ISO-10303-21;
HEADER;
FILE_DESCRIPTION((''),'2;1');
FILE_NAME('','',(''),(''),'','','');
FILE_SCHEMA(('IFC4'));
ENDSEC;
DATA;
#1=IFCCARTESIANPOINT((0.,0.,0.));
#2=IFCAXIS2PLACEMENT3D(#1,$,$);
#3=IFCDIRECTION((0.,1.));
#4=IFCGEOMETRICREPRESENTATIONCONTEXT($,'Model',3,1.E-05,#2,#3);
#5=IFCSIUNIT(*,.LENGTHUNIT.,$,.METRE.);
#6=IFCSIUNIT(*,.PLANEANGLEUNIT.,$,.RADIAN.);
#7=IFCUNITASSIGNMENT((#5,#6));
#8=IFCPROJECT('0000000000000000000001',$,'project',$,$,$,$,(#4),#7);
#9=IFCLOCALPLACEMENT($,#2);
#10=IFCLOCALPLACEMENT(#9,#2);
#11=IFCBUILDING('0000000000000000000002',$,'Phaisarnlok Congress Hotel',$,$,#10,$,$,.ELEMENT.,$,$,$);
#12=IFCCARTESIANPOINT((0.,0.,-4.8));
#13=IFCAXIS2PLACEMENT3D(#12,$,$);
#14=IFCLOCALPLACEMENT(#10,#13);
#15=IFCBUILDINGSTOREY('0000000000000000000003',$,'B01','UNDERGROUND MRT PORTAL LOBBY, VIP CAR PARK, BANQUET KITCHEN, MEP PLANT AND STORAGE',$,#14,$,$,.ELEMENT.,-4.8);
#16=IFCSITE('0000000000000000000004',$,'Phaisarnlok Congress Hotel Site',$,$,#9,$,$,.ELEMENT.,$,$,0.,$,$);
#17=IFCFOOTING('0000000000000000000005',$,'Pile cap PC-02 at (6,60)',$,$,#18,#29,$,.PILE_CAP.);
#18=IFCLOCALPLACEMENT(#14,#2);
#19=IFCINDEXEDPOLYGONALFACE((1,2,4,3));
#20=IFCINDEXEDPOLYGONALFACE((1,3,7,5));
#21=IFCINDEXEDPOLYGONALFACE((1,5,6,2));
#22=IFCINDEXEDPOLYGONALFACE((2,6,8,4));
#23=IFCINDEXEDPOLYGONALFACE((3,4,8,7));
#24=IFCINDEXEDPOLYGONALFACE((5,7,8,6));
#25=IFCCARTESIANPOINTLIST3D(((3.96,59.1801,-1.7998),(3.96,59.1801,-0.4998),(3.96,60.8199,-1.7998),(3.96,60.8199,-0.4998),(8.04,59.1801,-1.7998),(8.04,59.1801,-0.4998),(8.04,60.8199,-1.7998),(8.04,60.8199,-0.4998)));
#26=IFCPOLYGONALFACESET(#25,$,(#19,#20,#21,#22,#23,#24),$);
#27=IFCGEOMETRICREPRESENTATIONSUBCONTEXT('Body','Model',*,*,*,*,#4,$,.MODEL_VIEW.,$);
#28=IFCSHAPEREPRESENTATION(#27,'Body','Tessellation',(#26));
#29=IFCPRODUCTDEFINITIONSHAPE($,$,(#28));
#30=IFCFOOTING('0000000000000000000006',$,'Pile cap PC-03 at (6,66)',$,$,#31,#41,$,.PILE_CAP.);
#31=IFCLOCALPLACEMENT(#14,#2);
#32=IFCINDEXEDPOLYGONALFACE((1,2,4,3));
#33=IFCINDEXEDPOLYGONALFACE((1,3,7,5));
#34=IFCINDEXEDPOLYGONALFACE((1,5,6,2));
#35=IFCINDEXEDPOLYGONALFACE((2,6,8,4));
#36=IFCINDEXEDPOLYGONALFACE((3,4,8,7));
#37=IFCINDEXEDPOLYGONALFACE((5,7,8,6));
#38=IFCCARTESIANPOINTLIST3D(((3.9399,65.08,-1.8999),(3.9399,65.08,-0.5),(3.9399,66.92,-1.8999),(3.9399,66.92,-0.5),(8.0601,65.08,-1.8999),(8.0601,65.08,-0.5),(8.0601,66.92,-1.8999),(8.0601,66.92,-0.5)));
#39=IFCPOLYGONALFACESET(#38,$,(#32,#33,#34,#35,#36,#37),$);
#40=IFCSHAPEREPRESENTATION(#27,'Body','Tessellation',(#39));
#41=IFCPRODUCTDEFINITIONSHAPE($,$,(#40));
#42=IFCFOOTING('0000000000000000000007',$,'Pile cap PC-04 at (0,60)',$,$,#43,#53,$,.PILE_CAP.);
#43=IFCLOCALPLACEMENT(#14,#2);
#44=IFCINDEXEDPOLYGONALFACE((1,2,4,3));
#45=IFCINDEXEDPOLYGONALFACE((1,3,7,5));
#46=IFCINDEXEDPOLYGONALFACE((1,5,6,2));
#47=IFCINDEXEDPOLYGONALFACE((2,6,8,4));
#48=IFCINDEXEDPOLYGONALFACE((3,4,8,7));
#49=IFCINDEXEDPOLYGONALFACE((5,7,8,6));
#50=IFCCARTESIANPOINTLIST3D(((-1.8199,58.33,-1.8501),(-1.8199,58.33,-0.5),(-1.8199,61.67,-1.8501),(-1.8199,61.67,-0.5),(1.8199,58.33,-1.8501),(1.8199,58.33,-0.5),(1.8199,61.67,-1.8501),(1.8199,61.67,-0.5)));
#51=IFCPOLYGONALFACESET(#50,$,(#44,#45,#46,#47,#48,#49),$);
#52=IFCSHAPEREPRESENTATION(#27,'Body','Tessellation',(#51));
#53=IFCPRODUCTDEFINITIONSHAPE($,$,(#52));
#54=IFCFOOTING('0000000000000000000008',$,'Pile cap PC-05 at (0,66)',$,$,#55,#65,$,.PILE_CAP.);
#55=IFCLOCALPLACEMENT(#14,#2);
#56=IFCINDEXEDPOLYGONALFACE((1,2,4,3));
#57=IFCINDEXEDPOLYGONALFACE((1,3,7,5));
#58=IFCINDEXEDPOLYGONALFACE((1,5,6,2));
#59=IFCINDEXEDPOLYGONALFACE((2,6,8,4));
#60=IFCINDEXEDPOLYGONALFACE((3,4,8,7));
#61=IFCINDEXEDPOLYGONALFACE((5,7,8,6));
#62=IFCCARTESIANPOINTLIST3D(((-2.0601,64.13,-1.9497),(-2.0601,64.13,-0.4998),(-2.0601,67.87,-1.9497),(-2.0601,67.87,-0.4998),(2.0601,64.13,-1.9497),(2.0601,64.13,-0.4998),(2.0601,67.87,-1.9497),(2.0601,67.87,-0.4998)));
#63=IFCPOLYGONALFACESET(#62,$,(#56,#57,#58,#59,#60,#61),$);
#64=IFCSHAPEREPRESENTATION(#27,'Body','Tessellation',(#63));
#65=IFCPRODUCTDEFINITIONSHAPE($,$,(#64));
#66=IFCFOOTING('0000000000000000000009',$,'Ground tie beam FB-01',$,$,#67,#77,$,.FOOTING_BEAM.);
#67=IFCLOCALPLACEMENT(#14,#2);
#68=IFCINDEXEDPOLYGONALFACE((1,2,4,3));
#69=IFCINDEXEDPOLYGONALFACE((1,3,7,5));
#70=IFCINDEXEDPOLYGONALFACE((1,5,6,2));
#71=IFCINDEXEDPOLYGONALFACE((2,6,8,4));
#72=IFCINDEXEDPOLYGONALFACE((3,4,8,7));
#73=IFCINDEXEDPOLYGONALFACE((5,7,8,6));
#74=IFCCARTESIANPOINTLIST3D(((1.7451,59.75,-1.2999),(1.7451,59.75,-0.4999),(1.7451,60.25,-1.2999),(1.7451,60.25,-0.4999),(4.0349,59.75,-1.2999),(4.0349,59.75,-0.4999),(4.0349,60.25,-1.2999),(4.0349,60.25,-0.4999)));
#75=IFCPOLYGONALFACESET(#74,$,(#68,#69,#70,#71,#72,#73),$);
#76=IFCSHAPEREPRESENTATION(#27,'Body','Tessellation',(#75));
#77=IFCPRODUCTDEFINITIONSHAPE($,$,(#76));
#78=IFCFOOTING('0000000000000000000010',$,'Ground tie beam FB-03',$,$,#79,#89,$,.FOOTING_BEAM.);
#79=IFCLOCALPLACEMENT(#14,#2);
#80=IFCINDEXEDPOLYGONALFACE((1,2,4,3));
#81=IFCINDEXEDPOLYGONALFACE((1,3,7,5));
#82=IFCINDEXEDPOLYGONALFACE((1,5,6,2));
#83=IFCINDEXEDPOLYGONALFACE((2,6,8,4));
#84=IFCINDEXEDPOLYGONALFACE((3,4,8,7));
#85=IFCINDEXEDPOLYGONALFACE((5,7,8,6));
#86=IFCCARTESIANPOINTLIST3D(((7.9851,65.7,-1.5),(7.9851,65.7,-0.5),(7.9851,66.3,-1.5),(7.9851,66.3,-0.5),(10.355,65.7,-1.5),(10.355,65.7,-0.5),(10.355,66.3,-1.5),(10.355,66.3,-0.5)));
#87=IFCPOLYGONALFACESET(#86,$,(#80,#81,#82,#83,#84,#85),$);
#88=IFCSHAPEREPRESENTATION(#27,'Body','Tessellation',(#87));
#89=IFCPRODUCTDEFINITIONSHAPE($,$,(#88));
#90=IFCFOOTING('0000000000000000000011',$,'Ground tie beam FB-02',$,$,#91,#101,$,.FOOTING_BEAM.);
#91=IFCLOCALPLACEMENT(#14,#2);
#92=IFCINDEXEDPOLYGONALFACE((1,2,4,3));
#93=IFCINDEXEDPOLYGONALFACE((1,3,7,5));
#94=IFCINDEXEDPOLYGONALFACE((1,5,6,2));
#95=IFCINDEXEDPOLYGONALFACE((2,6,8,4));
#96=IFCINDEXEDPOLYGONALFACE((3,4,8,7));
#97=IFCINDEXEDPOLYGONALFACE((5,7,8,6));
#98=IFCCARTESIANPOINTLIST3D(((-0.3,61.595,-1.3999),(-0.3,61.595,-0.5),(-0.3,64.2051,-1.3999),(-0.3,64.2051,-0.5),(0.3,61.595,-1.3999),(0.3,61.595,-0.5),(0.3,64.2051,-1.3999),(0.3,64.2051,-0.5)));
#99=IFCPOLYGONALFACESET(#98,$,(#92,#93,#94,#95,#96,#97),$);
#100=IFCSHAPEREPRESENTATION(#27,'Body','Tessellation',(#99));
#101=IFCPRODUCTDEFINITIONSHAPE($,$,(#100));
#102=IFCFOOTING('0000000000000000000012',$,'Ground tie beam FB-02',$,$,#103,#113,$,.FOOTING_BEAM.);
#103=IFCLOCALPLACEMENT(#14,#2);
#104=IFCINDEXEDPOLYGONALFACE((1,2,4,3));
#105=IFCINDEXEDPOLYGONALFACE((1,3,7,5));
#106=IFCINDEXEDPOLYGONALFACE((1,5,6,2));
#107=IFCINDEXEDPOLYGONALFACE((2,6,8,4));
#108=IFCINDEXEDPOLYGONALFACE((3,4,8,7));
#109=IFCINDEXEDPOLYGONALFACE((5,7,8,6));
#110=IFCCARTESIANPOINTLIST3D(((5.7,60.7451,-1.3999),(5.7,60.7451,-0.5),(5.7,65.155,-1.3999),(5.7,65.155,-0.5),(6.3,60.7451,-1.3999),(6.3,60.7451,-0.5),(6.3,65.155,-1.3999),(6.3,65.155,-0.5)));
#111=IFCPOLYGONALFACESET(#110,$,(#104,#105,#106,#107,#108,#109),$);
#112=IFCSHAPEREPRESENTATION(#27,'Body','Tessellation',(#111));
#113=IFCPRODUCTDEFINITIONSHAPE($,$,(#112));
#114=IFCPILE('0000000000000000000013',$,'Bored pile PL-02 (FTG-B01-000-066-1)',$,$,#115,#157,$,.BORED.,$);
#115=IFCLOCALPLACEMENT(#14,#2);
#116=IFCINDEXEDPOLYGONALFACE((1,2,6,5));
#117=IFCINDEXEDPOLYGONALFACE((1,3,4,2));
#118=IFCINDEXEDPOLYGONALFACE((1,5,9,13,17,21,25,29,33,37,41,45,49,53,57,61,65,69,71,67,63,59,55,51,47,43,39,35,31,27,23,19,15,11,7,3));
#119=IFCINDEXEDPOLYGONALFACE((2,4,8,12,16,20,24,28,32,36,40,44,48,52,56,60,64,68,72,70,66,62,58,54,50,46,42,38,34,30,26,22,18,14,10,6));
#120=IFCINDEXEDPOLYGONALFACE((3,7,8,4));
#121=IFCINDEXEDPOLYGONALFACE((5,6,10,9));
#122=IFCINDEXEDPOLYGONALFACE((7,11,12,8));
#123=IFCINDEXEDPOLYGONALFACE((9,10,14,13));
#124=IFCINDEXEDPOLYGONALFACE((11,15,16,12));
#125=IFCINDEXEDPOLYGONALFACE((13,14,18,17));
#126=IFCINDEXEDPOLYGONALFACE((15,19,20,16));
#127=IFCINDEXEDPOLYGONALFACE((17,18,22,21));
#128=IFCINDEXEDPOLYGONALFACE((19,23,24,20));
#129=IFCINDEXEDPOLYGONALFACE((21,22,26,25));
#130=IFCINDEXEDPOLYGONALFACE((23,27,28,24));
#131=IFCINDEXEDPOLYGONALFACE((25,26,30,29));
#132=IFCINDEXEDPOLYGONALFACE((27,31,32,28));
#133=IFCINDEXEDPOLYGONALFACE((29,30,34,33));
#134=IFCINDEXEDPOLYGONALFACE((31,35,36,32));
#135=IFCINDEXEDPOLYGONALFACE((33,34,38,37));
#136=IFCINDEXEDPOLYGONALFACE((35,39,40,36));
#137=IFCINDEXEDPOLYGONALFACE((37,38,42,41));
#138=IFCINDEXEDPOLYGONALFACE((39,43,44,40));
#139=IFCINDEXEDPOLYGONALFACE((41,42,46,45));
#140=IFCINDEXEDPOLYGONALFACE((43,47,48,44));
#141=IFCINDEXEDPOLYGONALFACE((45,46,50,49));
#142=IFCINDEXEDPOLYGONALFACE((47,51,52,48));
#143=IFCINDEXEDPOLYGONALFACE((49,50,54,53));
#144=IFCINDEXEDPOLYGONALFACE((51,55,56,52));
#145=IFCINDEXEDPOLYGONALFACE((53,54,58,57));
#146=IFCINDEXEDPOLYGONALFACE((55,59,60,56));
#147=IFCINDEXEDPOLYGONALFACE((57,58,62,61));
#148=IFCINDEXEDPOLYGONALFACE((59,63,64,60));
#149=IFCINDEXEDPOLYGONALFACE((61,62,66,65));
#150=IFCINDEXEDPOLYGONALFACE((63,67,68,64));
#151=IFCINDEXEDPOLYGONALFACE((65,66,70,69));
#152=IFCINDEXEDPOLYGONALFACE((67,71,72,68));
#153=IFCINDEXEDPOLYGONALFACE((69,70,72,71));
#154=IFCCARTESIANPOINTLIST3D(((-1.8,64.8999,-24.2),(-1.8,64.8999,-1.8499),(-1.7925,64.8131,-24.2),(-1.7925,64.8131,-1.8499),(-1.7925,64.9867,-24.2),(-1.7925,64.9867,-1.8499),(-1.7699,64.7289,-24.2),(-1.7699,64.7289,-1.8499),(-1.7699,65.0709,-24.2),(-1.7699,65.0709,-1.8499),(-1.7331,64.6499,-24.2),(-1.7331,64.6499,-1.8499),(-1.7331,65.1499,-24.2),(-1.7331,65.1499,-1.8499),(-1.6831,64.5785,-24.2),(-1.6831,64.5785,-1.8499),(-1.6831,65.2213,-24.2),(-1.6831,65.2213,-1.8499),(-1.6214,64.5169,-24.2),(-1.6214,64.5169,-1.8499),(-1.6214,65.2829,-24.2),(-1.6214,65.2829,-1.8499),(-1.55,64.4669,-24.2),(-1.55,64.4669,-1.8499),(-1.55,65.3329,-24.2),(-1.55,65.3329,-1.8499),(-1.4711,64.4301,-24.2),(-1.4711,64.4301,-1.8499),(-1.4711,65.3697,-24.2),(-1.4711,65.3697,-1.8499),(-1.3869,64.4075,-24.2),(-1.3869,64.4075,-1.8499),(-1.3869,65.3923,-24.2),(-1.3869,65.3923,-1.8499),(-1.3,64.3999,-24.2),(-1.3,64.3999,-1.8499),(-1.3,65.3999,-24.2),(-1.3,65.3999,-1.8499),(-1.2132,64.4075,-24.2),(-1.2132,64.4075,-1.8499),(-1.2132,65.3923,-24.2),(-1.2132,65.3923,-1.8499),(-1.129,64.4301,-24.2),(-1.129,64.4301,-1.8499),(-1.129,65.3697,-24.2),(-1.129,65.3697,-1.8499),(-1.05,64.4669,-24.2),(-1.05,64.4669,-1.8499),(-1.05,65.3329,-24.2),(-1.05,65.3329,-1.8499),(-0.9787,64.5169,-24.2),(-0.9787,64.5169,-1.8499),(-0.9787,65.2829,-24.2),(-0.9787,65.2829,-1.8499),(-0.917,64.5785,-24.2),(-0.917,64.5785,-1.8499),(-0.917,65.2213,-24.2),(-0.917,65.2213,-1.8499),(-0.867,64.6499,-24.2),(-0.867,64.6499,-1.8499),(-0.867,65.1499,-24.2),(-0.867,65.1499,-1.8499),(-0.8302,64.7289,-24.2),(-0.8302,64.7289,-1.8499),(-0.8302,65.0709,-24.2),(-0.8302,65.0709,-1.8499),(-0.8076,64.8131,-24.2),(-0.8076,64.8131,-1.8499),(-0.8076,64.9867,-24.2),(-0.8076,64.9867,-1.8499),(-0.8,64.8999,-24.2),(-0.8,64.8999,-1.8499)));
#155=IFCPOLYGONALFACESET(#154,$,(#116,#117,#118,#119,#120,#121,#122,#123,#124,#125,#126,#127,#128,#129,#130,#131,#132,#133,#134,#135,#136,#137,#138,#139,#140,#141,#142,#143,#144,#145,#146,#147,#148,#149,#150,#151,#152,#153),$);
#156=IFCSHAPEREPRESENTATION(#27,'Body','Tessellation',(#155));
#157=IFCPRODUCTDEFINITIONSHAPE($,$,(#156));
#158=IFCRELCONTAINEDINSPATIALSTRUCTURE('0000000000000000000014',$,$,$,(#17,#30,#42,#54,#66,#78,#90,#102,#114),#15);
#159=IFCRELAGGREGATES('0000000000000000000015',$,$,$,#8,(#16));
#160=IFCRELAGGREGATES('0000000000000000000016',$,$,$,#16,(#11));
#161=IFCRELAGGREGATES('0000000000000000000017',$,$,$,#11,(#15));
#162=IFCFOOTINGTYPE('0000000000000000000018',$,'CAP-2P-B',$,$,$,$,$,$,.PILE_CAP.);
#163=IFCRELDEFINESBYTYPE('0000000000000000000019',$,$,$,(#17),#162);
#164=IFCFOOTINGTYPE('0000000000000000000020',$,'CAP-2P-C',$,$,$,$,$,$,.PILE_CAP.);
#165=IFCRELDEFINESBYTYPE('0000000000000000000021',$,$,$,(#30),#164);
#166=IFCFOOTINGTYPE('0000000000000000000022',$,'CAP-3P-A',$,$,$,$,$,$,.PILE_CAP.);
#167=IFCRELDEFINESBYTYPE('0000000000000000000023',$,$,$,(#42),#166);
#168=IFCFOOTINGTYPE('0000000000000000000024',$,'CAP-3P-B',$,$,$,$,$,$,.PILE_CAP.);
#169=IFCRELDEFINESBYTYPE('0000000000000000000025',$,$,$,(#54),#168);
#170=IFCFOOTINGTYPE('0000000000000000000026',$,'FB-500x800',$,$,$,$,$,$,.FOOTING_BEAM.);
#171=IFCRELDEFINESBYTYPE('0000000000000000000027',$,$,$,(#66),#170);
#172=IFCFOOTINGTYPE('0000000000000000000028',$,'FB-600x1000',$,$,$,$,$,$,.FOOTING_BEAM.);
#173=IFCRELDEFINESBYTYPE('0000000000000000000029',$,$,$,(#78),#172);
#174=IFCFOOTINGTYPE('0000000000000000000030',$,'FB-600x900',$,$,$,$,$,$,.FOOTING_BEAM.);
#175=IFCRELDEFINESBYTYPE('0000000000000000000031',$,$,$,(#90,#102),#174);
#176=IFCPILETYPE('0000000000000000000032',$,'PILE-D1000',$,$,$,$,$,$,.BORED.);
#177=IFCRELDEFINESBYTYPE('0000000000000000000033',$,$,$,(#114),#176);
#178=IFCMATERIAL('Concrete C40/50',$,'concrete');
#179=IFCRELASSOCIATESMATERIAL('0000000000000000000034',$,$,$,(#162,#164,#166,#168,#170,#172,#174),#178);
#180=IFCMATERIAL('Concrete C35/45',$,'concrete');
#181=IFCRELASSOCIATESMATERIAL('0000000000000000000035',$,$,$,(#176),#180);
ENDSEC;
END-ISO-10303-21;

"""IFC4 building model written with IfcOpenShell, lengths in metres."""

from ifc_helpers import new_model, si_unit, direction, frame, origin, origin_2d, place, context, subcontext, project, spatial, rectangle, circle, extrude, material, material_profile, profile_set, type_object, element, save


model = new_model("IFC4")

# Units and contexts
model_context = context("Model", 3, precision=1e-05, world=origin(), true_north=direction((0.0, 1.0)))
body_context = subcontext(model_context, "Body", "Model", "MODEL_VIEW")
ifc_project = project(units=[si_unit("LENGTHUNIT", "METRE"), si_unit("PLANEANGLEUNIT", "RADIAN")], contexts=[model_context])

# Site, building, storey
site_placement = place(None, origin())
site = spatial("IfcSite", under=ifc_project, at=site_placement, Name="Phaisarnlok Congress Hotel Site", CompositionType="ELEMENT", RefElevation=0.0)
building_placement = place(site_placement, origin())
building = spatial("IfcBuilding", under=site, at=building_placement, Name="Phaisarnlok Congress Hotel", CompositionType="ELEMENT")
storey_placement = place(building_placement, frame((0.0, 0.0, -4.8)))
storey = spatial("IfcBuildingStorey", under=building, at=storey_placement, Name="B01", Description="UNDERGROUND MRT PORTAL LOBBY, VIP CAR PARK, BANQUET KITCHEN, MEP PLANT AND STORAGE", CompositionType="ELEMENT", Elevation=-4.8)

# Footings
ifc_material_1 = material(Name="Concrete C40/50", Category="concrete")
footing_type_1 = type_object("IfcFootingType", Name="CAP-2P-B", PredefinedType="PILE_CAP", material=ifc_material_1)
footing_1_placement = place(storey_placement, frame((6.0, 60.0, -1.7998), z_axis=(0.0, 0.0, 1.0), x_axis=(1.0, 0.0, 0.0)))
element("IfcFooting", 1, at=footing_1_placement, inside=storey, type_object=footing_type_1, Name="Pile cap PC-02 at (6,60)", PredefinedType="PILE_CAP", context=body_context, shape_type="SweptSolid", body=[
    extrude(rectangle(XDim=4.0801, YDim=1.6399, at=origin_2d()), origin(), (0.0, 0.0, 1.0), 1.3),
])
footing_type_2 = type_object("IfcFootingType", Name="CAP-2P-C", PredefinedType="PILE_CAP", material=ifc_material_1)
footing_2_placement = place(storey_placement, frame((6.0, 66.0, -1.8999), z_axis=(0.0, 0.0, 1.0), x_axis=(1.0, 0.0, 0.0)))
element("IfcFooting", 2, at=footing_2_placement, inside=storey, type_object=footing_type_2, Name="Pile cap PC-03 at (6,66)", PredefinedType="PILE_CAP", context=body_context, shape_type="SweptSolid", body=[
    extrude(rectangle(XDim=4.1201, YDim=1.8401, at=origin_2d()), origin(), (0.0, 0.0, 1.0), 1.3999),
])
footing_type_3 = type_object("IfcFootingType", Name="CAP-3P-A", PredefinedType="PILE_CAP", material=ifc_material_1)
footing_3_placement = place(storey_placement, frame((0.0, 60.0, -1.8501), z_axis=(0.0, 0.0, 1.0), x_axis=(1.0, 0.0, 0.0)))
element("IfcFooting", 3, at=footing_3_placement, inside=storey, type_object=footing_type_3, Name="Pile cap PC-04 at (0,60)", PredefinedType="PILE_CAP", context=body_context, shape_type="SweptSolid", body=[
    extrude(rectangle(XDim=3.6399, YDim=3.3401, at=origin_2d()), origin(), (0.0, 0.0, 1.0), 1.3501),
])
footing_type_4 = type_object("IfcFootingType", Name="CAP-3P-B", PredefinedType="PILE_CAP", material=ifc_material_1)
footing_4_placement = place(storey_placement, frame((0.0, 66.0, -1.9497), z_axis=(0.0, 0.0, 1.0), x_axis=(1.0, 0.0, 0.0)))
element("IfcFooting", 4, at=footing_4_placement, inside=storey, type_object=footing_type_4, Name="Pile cap PC-05 at (0,66)", PredefinedType="PILE_CAP", context=body_context, shape_type="SweptSolid", body=[
    extrude(rectangle(XDim=4.1201, YDim=3.74, at=origin_2d()), origin(), (0.0, 0.0, 1.0), 1.45),
])
ifc_material_profile_1 = material_profile(ifc_material_1, rectangle(XDim=0.5, YDim=0.8, at=origin_2d()), Name="FB-500x800")
ifc_profile_set_1 = profile_set([ifc_material_profile_1], Name="Concrete C40/50")
footing_type_5 = type_object("IfcFootingType", Name="FB-500x800", PredefinedType="FOOTING_BEAM", material=ifc_profile_set_1)
footing_5_placement = place(storey_placement, frame((1.7451, 60.0, -0.8999), z_axis=(1.0, 0.0, 0.0), x_axis=(0.0, 1.0, 0.0)))
element("IfcFooting", 5, at=footing_5_placement, inside=storey, type_object=footing_type_5, Name="Ground tie beam FB-01", PredefinedType="FOOTING_BEAM", context=body_context, shape_type="SweptSolid", body=[
    extrude(rectangle(XDim=0.5, YDim=0.8, at=origin_2d()), origin(), (0.0, 0.0, 1.0), 2.2898),
])
ifc_material_profile_2 = material_profile(ifc_material_1, rectangle(XDim=0.6001, YDim=1.0, at=origin_2d()), Name="FB-600x1000")
ifc_profile_set_2 = profile_set([ifc_material_profile_2], Name="Concrete C40/50")
footing_type_6 = type_object("IfcFootingType", Name="FB-600x1000", PredefinedType="FOOTING_BEAM", material=ifc_profile_set_2)
footing_6_placement = place(storey_placement, frame((7.9851, 66.0, -1.0), z_axis=(1.0, 0.0, 0.0), x_axis=(0.0, 1.0, 0.0)))
element("IfcFooting", 6, at=footing_6_placement, inside=storey, type_object=footing_type_6, Name="Ground tie beam FB-03", PredefinedType="FOOTING_BEAM", context=body_context, shape_type="SweptSolid", body=[
    extrude(rectangle(XDim=0.6001, YDim=1.0, at=origin_2d()), origin(), (0.0, 0.0, 1.0), 2.3699),
])
ifc_material_profile_3 = material_profile(ifc_material_1, rectangle(XDim=0.6001, YDim=0.8999, at=origin_2d()), Name="FB-600x900")
ifc_profile_set_3 = profile_set([ifc_material_profile_3], Name="Concrete C40/50")
footing_type_7 = type_object("IfcFootingType", Name="FB-600x900", PredefinedType="FOOTING_BEAM", material=ifc_profile_set_3)
footing_7_placement = place(storey_placement, frame((0.0, 61.595, -0.95), z_axis=(0.0, 1.0, 0.0), x_axis=(-1.0, 0.0, 0.0)))
element("IfcFooting", 7, at=footing_7_placement, inside=storey, type_object=footing_type_7, Name="Ground tie beam FB-02", PredefinedType="FOOTING_BEAM", context=body_context, shape_type="SweptSolid", body=[
    extrude(rectangle(XDim=0.6001, YDim=0.8999, at=origin_2d()), origin(), (0.0, 0.0, 1.0), 2.6101),
])
footing_8_placement = place(storey_placement, frame((6.0, 60.7451, -0.95), z_axis=(0.0, 1.0, 0.0), x_axis=(-1.0, 0.0, 0.0)))
element("IfcFooting", 8, at=footing_8_placement, inside=storey, type_object=footing_type_7, Name="Ground tie beam FB-02", PredefinedType="FOOTING_BEAM", context=body_context, shape_type="SweptSolid", body=[
    extrude(rectangle(XDim=0.6001, YDim=0.8999, at=origin_2d()), origin(), (0.0, 0.0, 1.0), 4.4099),
])

# Pile
ifc_material_2 = material(Name="Concrete C35/45", Category="concrete")
ifc_material_profile_4 = material_profile(ifc_material_2, circle(Radius=0.5, at=origin_2d()), Name="BORED PILE D1000")
ifc_profile_set_4 = profile_set([ifc_material_profile_4], Name="Concrete C35/45")
pile_type_1 = type_object("IfcPileType", Name="PILE-D1000", PredefinedType="BORED", material=ifc_profile_set_4)
for number, where, z_axis, x_axis, name in (
    (9, (-1.3, 64.8999, -1.8499), (0.0, 0.0, -1.0), (1.0, 0.0, 0.0), "Bored pile PL-02 (FTG-B01-000-066-1)"),
):
    element("IfcPile", number, at=place(storey_placement, frame(where, z_axis=z_axis, x_axis=x_axis)), inside=storey, type_object=pile_type_1, Name=name, PredefinedType="BORED", context=body_context, shape_type="SweptSolid", body=[
        extrude(circle(Radius=0.5, at=origin_2d()), origin(), (0.0, 0.0, 1.0), 22.3501),
    ])

save(model, "model.ifc")
